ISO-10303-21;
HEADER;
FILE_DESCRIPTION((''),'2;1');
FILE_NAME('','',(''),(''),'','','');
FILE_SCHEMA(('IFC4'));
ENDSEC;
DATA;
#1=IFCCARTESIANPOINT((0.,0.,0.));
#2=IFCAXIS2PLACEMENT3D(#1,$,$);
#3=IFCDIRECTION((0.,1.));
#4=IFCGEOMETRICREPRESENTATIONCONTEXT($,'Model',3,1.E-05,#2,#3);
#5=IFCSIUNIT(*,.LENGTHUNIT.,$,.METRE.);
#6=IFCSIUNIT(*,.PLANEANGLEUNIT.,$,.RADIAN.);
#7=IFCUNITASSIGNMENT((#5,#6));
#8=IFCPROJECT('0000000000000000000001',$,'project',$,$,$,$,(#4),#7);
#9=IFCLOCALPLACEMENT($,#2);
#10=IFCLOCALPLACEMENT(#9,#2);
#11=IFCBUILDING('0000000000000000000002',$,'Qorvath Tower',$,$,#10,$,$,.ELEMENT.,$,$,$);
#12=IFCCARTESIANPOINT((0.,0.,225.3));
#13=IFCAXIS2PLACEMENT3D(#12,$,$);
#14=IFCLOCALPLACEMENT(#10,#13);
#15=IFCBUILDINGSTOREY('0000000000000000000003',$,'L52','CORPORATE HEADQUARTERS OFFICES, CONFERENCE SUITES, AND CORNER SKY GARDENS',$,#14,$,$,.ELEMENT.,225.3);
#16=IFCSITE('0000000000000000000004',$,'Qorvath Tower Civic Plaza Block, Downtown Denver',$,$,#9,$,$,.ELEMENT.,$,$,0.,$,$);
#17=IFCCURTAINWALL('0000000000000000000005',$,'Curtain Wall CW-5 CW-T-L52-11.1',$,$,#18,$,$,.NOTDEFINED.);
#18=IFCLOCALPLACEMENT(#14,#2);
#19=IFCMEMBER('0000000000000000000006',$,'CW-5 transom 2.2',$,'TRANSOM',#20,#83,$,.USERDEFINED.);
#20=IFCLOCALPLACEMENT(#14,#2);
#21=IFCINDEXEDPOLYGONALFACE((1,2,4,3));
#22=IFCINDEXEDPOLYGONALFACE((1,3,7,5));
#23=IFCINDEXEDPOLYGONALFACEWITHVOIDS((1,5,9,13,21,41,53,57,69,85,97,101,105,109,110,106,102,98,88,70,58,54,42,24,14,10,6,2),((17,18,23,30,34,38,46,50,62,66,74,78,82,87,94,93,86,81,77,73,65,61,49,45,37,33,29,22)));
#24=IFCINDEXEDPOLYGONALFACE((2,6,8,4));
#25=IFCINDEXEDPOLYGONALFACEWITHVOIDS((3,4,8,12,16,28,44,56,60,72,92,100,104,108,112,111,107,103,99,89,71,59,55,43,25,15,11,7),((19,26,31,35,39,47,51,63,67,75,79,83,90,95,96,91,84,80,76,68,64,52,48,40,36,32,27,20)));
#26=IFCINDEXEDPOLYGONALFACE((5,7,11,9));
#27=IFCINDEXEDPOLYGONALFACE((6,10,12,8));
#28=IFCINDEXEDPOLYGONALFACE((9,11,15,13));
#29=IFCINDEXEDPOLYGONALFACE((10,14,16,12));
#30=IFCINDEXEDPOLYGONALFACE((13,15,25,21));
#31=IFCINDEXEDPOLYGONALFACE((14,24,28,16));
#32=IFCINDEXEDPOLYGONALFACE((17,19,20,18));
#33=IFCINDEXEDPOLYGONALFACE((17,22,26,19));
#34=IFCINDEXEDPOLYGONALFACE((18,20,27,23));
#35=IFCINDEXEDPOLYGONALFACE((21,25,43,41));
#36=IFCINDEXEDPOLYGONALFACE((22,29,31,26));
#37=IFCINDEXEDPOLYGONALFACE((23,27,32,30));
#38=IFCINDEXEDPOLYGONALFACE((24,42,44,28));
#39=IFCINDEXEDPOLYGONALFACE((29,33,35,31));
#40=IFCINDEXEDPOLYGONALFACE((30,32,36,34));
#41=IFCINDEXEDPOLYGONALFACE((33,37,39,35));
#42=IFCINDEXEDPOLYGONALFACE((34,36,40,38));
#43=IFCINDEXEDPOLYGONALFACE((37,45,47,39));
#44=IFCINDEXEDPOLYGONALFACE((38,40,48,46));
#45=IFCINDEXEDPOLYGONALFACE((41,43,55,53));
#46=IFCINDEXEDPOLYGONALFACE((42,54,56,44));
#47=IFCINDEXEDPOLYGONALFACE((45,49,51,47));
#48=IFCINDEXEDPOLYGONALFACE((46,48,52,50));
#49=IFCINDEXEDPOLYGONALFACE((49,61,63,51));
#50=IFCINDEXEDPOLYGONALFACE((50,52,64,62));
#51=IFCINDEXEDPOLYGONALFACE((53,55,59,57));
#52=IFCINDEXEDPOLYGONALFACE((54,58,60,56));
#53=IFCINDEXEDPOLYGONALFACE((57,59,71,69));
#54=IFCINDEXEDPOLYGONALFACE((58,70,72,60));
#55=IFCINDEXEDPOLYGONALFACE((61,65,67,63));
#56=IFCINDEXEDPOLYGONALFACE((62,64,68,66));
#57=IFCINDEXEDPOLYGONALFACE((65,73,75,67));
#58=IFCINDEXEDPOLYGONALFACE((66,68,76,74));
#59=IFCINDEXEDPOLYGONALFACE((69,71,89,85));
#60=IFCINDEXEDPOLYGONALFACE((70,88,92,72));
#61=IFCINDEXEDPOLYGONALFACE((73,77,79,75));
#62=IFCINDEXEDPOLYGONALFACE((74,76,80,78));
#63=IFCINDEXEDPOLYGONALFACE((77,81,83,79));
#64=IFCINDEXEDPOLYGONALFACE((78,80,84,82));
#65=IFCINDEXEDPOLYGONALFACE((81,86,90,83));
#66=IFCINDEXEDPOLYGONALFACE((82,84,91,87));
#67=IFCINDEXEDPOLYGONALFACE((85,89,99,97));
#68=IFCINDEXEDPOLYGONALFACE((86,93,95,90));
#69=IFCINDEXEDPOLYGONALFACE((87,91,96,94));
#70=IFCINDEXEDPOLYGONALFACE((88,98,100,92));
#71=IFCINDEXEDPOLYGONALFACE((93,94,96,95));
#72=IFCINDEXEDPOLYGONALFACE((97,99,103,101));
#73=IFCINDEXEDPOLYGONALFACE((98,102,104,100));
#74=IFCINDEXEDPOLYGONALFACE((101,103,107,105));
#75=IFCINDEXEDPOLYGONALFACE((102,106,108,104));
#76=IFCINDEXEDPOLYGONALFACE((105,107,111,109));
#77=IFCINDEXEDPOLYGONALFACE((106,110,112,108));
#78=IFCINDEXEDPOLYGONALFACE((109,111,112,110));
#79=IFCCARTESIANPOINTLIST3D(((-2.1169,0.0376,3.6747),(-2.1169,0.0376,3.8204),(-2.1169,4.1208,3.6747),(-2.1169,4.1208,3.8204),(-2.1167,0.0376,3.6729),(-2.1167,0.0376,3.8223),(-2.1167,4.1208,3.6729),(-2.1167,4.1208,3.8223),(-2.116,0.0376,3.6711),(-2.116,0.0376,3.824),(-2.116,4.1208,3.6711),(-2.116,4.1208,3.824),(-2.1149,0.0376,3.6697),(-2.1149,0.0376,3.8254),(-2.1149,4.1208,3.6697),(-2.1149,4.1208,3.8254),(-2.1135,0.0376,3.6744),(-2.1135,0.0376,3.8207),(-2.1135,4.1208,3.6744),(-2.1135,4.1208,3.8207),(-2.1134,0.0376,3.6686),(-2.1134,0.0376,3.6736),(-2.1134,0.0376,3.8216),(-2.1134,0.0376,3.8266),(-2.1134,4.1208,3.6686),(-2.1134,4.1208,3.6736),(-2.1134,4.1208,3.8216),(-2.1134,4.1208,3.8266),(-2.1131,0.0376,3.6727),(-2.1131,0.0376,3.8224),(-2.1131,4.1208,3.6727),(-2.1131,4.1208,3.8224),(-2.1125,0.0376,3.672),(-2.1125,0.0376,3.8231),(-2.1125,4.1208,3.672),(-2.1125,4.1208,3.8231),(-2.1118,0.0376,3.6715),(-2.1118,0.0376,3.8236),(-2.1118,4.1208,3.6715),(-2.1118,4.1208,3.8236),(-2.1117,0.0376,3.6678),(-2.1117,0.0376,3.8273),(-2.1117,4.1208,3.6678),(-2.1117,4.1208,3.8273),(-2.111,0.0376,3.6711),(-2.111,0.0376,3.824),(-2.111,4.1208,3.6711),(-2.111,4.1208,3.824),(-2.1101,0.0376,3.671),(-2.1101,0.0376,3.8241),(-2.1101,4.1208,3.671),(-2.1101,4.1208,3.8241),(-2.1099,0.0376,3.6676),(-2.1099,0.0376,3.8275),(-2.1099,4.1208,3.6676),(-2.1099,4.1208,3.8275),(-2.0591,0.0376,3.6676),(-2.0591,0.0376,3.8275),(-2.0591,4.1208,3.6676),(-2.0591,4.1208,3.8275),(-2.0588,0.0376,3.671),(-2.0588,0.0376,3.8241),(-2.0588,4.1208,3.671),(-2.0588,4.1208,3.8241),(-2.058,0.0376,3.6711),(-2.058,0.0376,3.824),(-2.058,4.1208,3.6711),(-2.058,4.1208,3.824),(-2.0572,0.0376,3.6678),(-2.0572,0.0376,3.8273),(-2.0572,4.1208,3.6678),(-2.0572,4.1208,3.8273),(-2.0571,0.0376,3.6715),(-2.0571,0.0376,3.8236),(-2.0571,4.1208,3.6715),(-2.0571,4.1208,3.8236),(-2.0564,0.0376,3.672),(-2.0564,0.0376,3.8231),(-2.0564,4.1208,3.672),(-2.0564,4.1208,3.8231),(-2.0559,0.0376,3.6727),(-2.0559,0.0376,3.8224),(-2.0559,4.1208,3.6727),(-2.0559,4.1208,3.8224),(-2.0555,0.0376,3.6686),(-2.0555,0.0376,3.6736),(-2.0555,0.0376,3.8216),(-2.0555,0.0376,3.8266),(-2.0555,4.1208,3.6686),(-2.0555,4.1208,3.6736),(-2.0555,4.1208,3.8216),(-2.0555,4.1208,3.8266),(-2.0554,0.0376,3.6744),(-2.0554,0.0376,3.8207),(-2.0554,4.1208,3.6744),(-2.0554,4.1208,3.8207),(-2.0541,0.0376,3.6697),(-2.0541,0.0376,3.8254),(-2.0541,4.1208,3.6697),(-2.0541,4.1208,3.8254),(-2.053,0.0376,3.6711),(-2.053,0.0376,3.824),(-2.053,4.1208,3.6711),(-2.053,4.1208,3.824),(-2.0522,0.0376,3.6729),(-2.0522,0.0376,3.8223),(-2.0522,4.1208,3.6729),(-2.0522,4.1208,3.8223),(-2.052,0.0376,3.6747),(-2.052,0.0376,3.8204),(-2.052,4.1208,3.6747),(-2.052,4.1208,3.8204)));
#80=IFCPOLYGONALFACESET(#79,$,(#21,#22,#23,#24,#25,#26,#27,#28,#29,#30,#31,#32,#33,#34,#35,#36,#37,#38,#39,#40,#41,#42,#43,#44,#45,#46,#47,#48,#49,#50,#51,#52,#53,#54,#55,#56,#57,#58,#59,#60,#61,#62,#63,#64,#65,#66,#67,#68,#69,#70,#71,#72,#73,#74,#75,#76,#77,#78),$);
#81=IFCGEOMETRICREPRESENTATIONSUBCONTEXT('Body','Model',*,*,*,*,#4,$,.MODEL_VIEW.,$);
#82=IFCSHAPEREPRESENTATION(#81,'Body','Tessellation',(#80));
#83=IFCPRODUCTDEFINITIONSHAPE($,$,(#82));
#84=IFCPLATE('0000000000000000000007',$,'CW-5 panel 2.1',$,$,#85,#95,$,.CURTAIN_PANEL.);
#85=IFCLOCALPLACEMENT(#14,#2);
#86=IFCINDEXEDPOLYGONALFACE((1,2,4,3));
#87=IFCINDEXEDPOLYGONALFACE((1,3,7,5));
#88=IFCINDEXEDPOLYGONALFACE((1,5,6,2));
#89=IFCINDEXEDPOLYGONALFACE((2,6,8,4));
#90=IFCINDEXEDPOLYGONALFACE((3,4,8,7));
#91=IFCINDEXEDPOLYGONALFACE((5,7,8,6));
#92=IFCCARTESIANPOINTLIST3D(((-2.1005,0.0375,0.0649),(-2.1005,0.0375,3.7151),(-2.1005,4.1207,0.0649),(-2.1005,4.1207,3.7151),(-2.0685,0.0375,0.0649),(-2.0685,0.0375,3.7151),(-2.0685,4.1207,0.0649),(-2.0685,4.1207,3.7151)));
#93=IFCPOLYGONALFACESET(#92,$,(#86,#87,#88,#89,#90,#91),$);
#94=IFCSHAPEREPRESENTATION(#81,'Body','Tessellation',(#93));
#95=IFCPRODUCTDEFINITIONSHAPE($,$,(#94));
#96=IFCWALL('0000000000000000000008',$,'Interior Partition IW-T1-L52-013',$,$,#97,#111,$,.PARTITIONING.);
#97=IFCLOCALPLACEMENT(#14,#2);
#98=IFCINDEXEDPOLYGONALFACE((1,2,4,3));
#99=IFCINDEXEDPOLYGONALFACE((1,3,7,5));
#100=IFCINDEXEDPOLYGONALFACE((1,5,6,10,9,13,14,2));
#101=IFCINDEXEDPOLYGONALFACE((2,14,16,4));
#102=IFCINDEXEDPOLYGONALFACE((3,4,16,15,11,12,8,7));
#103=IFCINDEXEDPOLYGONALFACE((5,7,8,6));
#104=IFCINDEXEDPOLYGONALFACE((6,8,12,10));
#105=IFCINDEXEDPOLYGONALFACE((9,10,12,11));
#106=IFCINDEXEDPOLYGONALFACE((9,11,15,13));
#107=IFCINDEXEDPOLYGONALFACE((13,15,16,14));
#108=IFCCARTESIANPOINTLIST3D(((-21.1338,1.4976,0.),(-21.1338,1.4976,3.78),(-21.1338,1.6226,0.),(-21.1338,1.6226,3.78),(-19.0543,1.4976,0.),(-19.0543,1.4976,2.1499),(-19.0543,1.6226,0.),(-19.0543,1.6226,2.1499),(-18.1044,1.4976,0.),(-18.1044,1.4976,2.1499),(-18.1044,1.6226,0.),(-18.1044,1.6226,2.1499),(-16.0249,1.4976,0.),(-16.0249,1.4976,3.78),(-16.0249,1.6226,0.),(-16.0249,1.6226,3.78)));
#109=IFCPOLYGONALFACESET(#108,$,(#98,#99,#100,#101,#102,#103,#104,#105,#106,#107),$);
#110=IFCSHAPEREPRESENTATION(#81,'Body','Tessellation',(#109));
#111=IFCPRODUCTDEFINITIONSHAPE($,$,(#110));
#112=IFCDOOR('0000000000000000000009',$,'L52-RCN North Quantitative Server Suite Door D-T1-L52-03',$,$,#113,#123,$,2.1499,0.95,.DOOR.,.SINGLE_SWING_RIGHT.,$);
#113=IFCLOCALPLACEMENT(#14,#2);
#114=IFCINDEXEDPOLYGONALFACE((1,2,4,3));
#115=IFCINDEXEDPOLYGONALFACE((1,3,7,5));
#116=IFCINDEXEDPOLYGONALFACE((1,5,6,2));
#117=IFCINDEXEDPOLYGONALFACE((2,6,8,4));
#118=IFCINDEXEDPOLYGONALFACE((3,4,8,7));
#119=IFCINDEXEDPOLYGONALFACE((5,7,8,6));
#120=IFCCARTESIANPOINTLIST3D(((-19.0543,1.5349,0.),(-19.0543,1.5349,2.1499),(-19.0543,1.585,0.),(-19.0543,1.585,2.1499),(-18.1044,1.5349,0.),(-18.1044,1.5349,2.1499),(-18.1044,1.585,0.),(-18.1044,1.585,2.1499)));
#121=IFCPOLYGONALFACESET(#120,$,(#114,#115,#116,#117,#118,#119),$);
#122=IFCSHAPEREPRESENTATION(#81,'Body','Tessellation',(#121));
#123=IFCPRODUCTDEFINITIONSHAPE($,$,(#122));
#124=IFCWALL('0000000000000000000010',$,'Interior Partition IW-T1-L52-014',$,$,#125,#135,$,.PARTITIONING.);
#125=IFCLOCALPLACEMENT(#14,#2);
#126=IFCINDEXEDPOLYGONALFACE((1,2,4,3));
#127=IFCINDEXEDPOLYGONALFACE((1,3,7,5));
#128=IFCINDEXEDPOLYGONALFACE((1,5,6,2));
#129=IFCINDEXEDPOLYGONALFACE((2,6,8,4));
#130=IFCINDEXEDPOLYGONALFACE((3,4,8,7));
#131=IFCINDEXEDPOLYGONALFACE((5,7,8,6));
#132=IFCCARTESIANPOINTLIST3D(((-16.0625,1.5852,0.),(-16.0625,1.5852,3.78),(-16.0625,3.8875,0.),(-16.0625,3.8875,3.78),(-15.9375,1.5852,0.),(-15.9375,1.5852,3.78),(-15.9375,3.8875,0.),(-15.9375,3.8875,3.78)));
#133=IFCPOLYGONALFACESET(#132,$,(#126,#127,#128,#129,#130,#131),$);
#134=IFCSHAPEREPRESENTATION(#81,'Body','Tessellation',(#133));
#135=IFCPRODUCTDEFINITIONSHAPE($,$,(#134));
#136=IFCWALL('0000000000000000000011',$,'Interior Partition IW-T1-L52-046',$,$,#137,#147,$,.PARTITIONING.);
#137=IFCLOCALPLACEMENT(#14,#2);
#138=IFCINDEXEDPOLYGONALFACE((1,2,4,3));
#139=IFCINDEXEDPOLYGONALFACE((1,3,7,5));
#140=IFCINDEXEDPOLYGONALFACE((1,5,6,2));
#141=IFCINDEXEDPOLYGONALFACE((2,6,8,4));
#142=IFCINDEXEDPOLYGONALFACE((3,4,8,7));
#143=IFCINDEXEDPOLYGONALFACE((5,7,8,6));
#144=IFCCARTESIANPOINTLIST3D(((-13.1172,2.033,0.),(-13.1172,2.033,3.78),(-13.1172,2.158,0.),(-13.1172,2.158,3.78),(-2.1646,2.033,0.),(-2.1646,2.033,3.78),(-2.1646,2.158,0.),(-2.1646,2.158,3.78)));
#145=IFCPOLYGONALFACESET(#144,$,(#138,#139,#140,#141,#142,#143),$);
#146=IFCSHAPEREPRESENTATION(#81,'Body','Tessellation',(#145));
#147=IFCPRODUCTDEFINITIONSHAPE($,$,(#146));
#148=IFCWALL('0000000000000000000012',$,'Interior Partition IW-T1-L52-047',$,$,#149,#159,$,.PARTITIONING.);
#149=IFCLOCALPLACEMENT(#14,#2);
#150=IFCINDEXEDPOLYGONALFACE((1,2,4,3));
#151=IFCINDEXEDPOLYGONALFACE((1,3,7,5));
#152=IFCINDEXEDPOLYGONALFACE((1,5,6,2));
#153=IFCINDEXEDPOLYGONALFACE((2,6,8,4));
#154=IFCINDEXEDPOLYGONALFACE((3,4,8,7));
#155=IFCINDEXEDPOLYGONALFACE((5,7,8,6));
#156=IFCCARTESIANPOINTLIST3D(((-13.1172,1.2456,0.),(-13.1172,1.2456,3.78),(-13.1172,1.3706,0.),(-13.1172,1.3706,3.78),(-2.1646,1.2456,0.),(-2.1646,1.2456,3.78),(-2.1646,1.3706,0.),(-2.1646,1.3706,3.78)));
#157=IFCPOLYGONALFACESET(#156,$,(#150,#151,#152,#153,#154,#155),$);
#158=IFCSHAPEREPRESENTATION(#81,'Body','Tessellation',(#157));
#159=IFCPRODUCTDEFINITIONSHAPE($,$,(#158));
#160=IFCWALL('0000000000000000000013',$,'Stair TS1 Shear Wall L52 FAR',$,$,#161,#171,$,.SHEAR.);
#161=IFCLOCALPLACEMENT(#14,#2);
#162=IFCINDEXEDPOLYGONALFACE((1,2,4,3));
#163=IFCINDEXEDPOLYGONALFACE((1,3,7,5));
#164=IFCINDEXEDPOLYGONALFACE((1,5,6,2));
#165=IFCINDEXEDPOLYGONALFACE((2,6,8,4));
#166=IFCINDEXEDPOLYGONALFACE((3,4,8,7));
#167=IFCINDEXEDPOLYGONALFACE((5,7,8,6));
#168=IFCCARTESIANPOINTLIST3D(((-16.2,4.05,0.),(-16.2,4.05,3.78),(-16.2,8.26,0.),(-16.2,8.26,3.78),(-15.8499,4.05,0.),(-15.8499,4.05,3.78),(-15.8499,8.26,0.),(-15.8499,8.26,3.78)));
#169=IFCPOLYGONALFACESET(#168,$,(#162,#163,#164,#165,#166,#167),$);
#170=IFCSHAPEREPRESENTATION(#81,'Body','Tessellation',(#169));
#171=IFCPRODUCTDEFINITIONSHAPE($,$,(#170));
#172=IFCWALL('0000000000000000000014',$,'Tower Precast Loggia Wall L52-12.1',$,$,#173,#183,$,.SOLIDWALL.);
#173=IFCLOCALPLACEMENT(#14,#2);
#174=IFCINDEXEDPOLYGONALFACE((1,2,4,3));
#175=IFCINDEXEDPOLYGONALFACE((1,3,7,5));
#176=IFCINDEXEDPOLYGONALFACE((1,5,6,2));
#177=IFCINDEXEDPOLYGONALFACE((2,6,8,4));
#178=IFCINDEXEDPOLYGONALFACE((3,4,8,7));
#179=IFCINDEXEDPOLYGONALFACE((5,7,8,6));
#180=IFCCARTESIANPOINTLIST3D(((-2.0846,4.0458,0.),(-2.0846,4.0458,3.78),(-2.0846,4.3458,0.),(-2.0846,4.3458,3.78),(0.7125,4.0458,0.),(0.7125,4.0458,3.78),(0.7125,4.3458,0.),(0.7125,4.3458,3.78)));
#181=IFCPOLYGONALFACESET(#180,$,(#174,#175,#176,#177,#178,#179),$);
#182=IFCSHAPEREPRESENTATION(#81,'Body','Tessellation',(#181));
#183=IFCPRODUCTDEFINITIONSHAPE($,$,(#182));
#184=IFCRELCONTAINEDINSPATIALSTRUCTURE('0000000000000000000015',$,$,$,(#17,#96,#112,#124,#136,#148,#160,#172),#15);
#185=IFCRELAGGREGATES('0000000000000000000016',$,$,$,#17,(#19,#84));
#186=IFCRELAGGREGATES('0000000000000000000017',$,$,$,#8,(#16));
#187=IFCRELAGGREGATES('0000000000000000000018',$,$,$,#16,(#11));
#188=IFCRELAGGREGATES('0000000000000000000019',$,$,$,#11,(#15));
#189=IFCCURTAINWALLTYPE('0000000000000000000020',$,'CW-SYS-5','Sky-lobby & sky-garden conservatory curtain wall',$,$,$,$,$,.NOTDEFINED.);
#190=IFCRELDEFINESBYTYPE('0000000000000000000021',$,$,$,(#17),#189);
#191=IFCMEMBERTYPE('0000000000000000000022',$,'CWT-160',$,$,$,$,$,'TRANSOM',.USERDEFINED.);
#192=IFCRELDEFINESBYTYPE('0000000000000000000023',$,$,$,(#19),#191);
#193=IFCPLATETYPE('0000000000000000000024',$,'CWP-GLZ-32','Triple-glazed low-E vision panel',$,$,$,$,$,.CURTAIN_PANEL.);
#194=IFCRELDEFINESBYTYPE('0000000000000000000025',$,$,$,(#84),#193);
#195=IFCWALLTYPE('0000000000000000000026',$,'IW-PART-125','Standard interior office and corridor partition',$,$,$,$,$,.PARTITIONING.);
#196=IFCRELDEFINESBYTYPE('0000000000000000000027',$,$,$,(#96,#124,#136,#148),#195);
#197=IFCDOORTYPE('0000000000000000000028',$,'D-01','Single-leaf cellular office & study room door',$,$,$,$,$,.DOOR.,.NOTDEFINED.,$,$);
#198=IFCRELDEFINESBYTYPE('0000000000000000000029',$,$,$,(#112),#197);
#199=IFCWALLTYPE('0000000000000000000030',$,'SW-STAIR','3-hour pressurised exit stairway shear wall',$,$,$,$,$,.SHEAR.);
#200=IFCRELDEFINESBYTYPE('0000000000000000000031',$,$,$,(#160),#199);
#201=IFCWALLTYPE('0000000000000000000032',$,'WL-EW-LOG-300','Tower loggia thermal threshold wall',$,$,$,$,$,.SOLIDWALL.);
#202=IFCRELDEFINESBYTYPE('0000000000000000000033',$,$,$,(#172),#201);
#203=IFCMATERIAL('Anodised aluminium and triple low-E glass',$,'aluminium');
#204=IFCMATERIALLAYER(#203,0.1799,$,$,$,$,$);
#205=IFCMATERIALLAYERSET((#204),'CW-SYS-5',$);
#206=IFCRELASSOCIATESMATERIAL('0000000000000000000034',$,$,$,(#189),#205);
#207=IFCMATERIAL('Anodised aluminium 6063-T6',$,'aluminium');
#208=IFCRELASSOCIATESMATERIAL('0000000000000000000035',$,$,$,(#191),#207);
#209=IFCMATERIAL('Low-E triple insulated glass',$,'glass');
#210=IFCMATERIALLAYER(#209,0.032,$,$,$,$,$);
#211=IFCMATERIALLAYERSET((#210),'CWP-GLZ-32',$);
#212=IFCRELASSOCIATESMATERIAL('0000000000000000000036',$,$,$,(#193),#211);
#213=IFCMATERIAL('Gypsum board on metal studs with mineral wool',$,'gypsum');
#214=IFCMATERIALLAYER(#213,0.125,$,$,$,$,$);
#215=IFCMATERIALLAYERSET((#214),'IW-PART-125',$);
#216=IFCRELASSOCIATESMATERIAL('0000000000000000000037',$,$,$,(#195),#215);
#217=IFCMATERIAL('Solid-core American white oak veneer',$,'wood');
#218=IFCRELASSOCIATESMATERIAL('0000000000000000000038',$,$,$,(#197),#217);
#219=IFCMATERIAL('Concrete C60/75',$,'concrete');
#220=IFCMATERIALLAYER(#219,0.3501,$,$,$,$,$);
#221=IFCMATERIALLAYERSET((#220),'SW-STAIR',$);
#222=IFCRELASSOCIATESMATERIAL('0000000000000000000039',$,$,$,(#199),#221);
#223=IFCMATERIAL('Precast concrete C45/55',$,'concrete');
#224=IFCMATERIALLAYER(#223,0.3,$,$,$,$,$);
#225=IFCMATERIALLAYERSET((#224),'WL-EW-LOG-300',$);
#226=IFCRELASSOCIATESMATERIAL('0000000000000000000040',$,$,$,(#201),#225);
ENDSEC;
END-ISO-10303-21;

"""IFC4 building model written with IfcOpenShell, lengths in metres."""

from ifc_helpers import new_model, si_unit, direction, frame, frame_2d, origin, origin_2d, place, context, subcontext, project, spatial, rectangle, hollow_rectangle, extrude, material, layer, layer_set, material_profile, profile_set, type_object, element, fill, aggregate, save


model = new_model("IFC4")

# Units and contexts
model_context = context("Model", 3, precision=1e-05, world=origin(), true_north=direction((0.0, 1.0)))
body_context = subcontext(model_context, "Body", "Model", "MODEL_VIEW")
ifc_project = project(units=[si_unit("LENGTHUNIT", "METRE"), si_unit("PLANEANGLEUNIT", "RADIAN")], contexts=[model_context])

# Site, building, storey
site_placement = place(None, origin())
site = spatial("IfcSite", under=ifc_project, at=site_placement, Name="Qorvath Tower Civic Plaza Block, Downtown Denver", CompositionType="ELEMENT", RefElevation=0.0)
building_placement = place(site_placement, origin())
building = spatial("IfcBuilding", under=site, at=building_placement, Name="Qorvath Tower", CompositionType="ELEMENT")
storey_placement = place(building_placement, frame((0.0, 0.0, 225.3)))
storey = spatial("IfcBuildingStorey", under=building, at=storey_placement, Name="L52", Description="CORPORATE HEADQUARTERS OFFICES, CONFERENCE SUITES, AND CORNER SKY GARDENS", CompositionType="ELEMENT", Elevation=225.3)

# Curtain wall, member, plate
ifc_material_1 = material(Name="Anodised aluminium and triple low-E glass", Category="aluminium")
ifc_layer_1 = layer(ifc_material_1, 0.1799)
ifc_layer_set_1 = layer_set([ifc_layer_1], Name="CW-SYS-5")
curtain_wall_type = type_object("IfcCurtainWallType", Name="CW-SYS-5", Description="Sky-lobby & sky-garden conservatory curtain wall", PredefinedType="NOTDEFINED", material=ifc_layer_set_1)
curtain_wall_placement = place(storey_placement, origin())
curtain_wall = element("IfcCurtainWall", 1, at=curtain_wall_placement, inside=storey, type_object=curtain_wall_type, Name="Curtain Wall CW-5 CW-T-L52-11.1", PredefinedType="NOTDEFINED")
ifc_material_2 = material(Name="Anodised aluminium 6063-T6", Category="aluminium")
ifc_material_profile_1 = material_profile(ifc_material_2, hollow_rectangle(XDim=0.0649, YDim=0.1599, WallThickness=0.0034, InnerFilletRadius=0.0034, OuterFilletRadius=0.0071, at=origin_2d()), Name="CWT 160x65")
ifc_profile_set_1 = profile_set([ifc_material_profile_1], Name="Anodised aluminium 6063-T6")
member_type_1 = type_object("IfcMemberType", Name="CWT-160", ElementType="TRANSOM", PredefinedType="USERDEFINED", material=ifc_profile_set_1)
member_1_placement = place(storey_placement, frame((-2.0845, 0.0376, 3.7476), z_axis=(0.0, 1.0, 0.0), x_axis=(-1.0, 0.0, 0.0)))
member_1 = element("IfcMember", 2, at=member_1_placement, type_object=member_type_1, Name="CW-5 transom 2.2", ObjectType="TRANSOM", PredefinedType="USERDEFINED", context=body_context, shape_type="SweptSolid", body=[
    extrude(hollow_rectangle(XDim=0.0649, YDim=0.1599, WallThickness=0.0034, InnerFilletRadius=0.0034, OuterFilletRadius=0.0071, at=origin_2d()), origin(), (0.0, 0.0, 1.0), 4.0833),
])
ifc_material_3 = material(Name="Low-E triple insulated glass", Category="glass")
ifc_layer_2 = layer(ifc_material_3, 0.032)
ifc_layer_set_2 = layer_set([ifc_layer_2], Name="CWP-GLZ-32")
plate_type = type_object("IfcPlateType", Name="CWP-GLZ-32", Description="Triple-glazed low-E vision panel", PredefinedType="CURTAIN_PANEL", material=ifc_layer_set_2)
plate_placement = place(storey_placement, frame((-2.0845, 2.0791, 0.0649), z_axis=(0.0, 0.0, 1.0), x_axis=(0.0, 1.0, 0.0)))
plate = element("IfcPlate", 3, at=plate_placement, type_object=plate_type, Name="CW-5 panel 2.1", PredefinedType="CURTAIN_PANEL", context=body_context, shape_type="SweptSolid", body=[
    extrude(rectangle(XDim=4.0833, YDim=0.032, at=origin_2d()), origin(), (0.0, 0.0, 1.0), 3.6501),
])
aggregate(curtain_wall, [member_1, plate])

# Wall, opening, door
ifc_material_4 = material(Name="Gypsum board on metal studs with mineral wool", Category="gypsum")
ifc_layer_3 = layer(ifc_material_4, 0.125)
ifc_layer_set_3 = layer_set([ifc_layer_3], Name="IW-PART-125")
wall_type_1 = type_object("IfcWallType", Name="IW-PART-125", Description="Standard interior office and corridor partition", PredefinedType="PARTITIONING", material=ifc_layer_set_3)
wall_1_placement = place(storey_placement, frame((-21.1338, 1.5601, 0.0), z_axis=(0.0, 0.0, 1.0), x_axis=(1.0, 0.0, 0.0)))
wall_1 = element("IfcWall", 4, at=wall_1_placement, inside=storey, type_object=wall_type_1, Name="Interior Partition IW-T1-L52-013", PredefinedType="PARTITIONING", context=body_context, shape_type="SweptSolid", body=[
    extrude(rectangle(XDim=5.1089, YDim=0.125, at=frame_2d((2.5544, 0.0))), origin(), (0.0, 0.0, 1.0), 3.78),
])
opening_placement = place(wall_1_placement, frame((2.0793, 0.0, 0.0)))
opening = element("IfcOpeningElement", 5, at=opening_placement, cuts=wall_1, PredefinedType="OPENING", context=body_context, shape_type="SweptSolid", body=[
    extrude(rectangle(XDim=0.95, YDim=2.1499, at=frame_2d((0.4751, 1.075))), frame((0.0, 0.0725, 0.0), z_axis=(0.0, -1.0, 0.0), x_axis=(1.0, 0.0, 0.0)), (0.0, 0.0, 1.0), 0.145),
])
ifc_material_5 = material(Name="Solid-core American white oak veneer", Category="wood")
door_type = type_object("IfcDoorType", Name="D-01", Description="Single-leaf cellular office & study room door", OperationType="NOTDEFINED", PredefinedType="DOOR", material=ifc_material_5)
door_placement = place(opening_placement, origin())
door = element("IfcDoor", 6, at=door_placement, inside=storey, type_object=door_type, Name="L52-RCN North Quantitative Server Suite Door D-T1-L52-03", OperationType="SINGLE_SWING_RIGHT", OverallHeight=2.1499, OverallWidth=0.95, PredefinedType="DOOR", context=body_context, shape_type="SweptSolid", body=[
    extrude(rectangle(XDim=0.95, YDim=2.1499, at=frame_2d((0.4751, 1.075))), frame((0.0, 0.0249, 0.0), z_axis=(0.0, -1.0, 0.0), x_axis=(1.0, 0.0, 0.0)), (0.0, 0.0, 1.0), 0.05),
])
fill(opening, door)

# Walls
wall_2_placement = place(storey_placement, frame((-16.0, 1.5852, 0.0), z_axis=(0.0, 0.0, 1.0), x_axis=(0.0, 1.0, 0.0)))
element("IfcWall", 7, at=wall_2_placement, inside=storey, type_object=wall_type_1, Name="Interior Partition IW-T1-L52-014", PredefinedType="PARTITIONING", context=body_context, shape_type="SweptSolid", body=[
    extrude(rectangle(XDim=2.3022, YDim=0.125, at=frame_2d((1.1511, 0.0))), origin(), (0.0, 0.0, 1.0), 3.78),
])
for number, where, z_axis, x_axis, name in (
    (8, (-2.1646, 2.0955, 0.0), (0.0, 0.0, 1.0), (-1.0, 0.0, 0.0), "Interior Partition IW-T1-L52-046"),
    (9, (-2.1646, 1.3081, 0.0), (0.0, 0.0, 1.0), (-1.0, 0.0, 0.0), "Interior Partition IW-T1-L52-047"),
):
    element("IfcWall", number, at=place(storey_placement, frame(where, z_axis=z_axis, x_axis=x_axis)), inside=storey, type_object=wall_type_1, Name=name, PredefinedType="PARTITIONING", context=body_context, shape_type="SweptSolid", body=[
        extrude(rectangle(XDim=10.9526, YDim=0.125, at=frame_2d((5.4763, 0.0))), origin(), (0.0, 0.0, 1.0), 3.78),
    ])
ifc_material_6 = material(Name="Concrete C60/75", Category="concrete")
ifc_layer_4 = layer(ifc_material_6, 0.3501)
ifc_layer_set_4 = layer_set([ifc_layer_4], Name="SW-STAIR")
wall_type_2 = type_object("IfcWallType", Name="SW-STAIR", Description="3-hour pressurised exit stairway shear wall", PredefinedType="SHEAR", material=ifc_layer_set_4)
wall_3_placement = place(storey_placement, frame((-16.0249, 4.05, 0.0), z_axis=(0.0, 0.0, 1.0), x_axis=(0.0, 1.0, 0.0)))
element("IfcWall", 10, at=wall_3_placement, inside=storey, type_object=wall_type_2, Name="Stair TS1 Shear Wall L52 FAR", PredefinedType="SHEAR", context=body_context, shape_type="SweptSolid", body=[
    extrude(rectangle(XDim=4.21, YDim=0.3501, at=frame_2d((2.105, 0.0))), origin(), (0.0, 0.0, 1.0), 3.78),
])
ifc_material_7 = material(Name="Precast concrete C45/55", Category="concrete")
ifc_layer_5 = layer(ifc_material_7, 0.3)
ifc_layer_set_5 = layer_set([ifc_layer_5], Name="WL-EW-LOG-300")
wall_type_3 = type_object("IfcWallType", Name="WL-EW-LOG-300", Description="Tower loggia thermal threshold wall", PredefinedType="SOLIDWALL", material=ifc_layer_set_5)
wall_4_placement = place(storey_placement, frame((-2.0845, 4.1958, 0.0), z_axis=(0.0, 0.0, 1.0), x_axis=(1.0, 0.0, 0.0)))
element("IfcWall", 11, at=wall_4_placement, inside=storey, type_object=wall_type_3, Name="Tower Precast Loggia Wall L52-12.1", PredefinedType="SOLIDWALL", context=body_context, shape_type="SweptSolid", body=[
    extrude(rectangle(XDim=2.7971, YDim=0.3, at=frame_2d((1.3984, 0.0))), origin(), (0.0, 0.0, 1.0), 3.78),
])

save(model, "model.ifc")
